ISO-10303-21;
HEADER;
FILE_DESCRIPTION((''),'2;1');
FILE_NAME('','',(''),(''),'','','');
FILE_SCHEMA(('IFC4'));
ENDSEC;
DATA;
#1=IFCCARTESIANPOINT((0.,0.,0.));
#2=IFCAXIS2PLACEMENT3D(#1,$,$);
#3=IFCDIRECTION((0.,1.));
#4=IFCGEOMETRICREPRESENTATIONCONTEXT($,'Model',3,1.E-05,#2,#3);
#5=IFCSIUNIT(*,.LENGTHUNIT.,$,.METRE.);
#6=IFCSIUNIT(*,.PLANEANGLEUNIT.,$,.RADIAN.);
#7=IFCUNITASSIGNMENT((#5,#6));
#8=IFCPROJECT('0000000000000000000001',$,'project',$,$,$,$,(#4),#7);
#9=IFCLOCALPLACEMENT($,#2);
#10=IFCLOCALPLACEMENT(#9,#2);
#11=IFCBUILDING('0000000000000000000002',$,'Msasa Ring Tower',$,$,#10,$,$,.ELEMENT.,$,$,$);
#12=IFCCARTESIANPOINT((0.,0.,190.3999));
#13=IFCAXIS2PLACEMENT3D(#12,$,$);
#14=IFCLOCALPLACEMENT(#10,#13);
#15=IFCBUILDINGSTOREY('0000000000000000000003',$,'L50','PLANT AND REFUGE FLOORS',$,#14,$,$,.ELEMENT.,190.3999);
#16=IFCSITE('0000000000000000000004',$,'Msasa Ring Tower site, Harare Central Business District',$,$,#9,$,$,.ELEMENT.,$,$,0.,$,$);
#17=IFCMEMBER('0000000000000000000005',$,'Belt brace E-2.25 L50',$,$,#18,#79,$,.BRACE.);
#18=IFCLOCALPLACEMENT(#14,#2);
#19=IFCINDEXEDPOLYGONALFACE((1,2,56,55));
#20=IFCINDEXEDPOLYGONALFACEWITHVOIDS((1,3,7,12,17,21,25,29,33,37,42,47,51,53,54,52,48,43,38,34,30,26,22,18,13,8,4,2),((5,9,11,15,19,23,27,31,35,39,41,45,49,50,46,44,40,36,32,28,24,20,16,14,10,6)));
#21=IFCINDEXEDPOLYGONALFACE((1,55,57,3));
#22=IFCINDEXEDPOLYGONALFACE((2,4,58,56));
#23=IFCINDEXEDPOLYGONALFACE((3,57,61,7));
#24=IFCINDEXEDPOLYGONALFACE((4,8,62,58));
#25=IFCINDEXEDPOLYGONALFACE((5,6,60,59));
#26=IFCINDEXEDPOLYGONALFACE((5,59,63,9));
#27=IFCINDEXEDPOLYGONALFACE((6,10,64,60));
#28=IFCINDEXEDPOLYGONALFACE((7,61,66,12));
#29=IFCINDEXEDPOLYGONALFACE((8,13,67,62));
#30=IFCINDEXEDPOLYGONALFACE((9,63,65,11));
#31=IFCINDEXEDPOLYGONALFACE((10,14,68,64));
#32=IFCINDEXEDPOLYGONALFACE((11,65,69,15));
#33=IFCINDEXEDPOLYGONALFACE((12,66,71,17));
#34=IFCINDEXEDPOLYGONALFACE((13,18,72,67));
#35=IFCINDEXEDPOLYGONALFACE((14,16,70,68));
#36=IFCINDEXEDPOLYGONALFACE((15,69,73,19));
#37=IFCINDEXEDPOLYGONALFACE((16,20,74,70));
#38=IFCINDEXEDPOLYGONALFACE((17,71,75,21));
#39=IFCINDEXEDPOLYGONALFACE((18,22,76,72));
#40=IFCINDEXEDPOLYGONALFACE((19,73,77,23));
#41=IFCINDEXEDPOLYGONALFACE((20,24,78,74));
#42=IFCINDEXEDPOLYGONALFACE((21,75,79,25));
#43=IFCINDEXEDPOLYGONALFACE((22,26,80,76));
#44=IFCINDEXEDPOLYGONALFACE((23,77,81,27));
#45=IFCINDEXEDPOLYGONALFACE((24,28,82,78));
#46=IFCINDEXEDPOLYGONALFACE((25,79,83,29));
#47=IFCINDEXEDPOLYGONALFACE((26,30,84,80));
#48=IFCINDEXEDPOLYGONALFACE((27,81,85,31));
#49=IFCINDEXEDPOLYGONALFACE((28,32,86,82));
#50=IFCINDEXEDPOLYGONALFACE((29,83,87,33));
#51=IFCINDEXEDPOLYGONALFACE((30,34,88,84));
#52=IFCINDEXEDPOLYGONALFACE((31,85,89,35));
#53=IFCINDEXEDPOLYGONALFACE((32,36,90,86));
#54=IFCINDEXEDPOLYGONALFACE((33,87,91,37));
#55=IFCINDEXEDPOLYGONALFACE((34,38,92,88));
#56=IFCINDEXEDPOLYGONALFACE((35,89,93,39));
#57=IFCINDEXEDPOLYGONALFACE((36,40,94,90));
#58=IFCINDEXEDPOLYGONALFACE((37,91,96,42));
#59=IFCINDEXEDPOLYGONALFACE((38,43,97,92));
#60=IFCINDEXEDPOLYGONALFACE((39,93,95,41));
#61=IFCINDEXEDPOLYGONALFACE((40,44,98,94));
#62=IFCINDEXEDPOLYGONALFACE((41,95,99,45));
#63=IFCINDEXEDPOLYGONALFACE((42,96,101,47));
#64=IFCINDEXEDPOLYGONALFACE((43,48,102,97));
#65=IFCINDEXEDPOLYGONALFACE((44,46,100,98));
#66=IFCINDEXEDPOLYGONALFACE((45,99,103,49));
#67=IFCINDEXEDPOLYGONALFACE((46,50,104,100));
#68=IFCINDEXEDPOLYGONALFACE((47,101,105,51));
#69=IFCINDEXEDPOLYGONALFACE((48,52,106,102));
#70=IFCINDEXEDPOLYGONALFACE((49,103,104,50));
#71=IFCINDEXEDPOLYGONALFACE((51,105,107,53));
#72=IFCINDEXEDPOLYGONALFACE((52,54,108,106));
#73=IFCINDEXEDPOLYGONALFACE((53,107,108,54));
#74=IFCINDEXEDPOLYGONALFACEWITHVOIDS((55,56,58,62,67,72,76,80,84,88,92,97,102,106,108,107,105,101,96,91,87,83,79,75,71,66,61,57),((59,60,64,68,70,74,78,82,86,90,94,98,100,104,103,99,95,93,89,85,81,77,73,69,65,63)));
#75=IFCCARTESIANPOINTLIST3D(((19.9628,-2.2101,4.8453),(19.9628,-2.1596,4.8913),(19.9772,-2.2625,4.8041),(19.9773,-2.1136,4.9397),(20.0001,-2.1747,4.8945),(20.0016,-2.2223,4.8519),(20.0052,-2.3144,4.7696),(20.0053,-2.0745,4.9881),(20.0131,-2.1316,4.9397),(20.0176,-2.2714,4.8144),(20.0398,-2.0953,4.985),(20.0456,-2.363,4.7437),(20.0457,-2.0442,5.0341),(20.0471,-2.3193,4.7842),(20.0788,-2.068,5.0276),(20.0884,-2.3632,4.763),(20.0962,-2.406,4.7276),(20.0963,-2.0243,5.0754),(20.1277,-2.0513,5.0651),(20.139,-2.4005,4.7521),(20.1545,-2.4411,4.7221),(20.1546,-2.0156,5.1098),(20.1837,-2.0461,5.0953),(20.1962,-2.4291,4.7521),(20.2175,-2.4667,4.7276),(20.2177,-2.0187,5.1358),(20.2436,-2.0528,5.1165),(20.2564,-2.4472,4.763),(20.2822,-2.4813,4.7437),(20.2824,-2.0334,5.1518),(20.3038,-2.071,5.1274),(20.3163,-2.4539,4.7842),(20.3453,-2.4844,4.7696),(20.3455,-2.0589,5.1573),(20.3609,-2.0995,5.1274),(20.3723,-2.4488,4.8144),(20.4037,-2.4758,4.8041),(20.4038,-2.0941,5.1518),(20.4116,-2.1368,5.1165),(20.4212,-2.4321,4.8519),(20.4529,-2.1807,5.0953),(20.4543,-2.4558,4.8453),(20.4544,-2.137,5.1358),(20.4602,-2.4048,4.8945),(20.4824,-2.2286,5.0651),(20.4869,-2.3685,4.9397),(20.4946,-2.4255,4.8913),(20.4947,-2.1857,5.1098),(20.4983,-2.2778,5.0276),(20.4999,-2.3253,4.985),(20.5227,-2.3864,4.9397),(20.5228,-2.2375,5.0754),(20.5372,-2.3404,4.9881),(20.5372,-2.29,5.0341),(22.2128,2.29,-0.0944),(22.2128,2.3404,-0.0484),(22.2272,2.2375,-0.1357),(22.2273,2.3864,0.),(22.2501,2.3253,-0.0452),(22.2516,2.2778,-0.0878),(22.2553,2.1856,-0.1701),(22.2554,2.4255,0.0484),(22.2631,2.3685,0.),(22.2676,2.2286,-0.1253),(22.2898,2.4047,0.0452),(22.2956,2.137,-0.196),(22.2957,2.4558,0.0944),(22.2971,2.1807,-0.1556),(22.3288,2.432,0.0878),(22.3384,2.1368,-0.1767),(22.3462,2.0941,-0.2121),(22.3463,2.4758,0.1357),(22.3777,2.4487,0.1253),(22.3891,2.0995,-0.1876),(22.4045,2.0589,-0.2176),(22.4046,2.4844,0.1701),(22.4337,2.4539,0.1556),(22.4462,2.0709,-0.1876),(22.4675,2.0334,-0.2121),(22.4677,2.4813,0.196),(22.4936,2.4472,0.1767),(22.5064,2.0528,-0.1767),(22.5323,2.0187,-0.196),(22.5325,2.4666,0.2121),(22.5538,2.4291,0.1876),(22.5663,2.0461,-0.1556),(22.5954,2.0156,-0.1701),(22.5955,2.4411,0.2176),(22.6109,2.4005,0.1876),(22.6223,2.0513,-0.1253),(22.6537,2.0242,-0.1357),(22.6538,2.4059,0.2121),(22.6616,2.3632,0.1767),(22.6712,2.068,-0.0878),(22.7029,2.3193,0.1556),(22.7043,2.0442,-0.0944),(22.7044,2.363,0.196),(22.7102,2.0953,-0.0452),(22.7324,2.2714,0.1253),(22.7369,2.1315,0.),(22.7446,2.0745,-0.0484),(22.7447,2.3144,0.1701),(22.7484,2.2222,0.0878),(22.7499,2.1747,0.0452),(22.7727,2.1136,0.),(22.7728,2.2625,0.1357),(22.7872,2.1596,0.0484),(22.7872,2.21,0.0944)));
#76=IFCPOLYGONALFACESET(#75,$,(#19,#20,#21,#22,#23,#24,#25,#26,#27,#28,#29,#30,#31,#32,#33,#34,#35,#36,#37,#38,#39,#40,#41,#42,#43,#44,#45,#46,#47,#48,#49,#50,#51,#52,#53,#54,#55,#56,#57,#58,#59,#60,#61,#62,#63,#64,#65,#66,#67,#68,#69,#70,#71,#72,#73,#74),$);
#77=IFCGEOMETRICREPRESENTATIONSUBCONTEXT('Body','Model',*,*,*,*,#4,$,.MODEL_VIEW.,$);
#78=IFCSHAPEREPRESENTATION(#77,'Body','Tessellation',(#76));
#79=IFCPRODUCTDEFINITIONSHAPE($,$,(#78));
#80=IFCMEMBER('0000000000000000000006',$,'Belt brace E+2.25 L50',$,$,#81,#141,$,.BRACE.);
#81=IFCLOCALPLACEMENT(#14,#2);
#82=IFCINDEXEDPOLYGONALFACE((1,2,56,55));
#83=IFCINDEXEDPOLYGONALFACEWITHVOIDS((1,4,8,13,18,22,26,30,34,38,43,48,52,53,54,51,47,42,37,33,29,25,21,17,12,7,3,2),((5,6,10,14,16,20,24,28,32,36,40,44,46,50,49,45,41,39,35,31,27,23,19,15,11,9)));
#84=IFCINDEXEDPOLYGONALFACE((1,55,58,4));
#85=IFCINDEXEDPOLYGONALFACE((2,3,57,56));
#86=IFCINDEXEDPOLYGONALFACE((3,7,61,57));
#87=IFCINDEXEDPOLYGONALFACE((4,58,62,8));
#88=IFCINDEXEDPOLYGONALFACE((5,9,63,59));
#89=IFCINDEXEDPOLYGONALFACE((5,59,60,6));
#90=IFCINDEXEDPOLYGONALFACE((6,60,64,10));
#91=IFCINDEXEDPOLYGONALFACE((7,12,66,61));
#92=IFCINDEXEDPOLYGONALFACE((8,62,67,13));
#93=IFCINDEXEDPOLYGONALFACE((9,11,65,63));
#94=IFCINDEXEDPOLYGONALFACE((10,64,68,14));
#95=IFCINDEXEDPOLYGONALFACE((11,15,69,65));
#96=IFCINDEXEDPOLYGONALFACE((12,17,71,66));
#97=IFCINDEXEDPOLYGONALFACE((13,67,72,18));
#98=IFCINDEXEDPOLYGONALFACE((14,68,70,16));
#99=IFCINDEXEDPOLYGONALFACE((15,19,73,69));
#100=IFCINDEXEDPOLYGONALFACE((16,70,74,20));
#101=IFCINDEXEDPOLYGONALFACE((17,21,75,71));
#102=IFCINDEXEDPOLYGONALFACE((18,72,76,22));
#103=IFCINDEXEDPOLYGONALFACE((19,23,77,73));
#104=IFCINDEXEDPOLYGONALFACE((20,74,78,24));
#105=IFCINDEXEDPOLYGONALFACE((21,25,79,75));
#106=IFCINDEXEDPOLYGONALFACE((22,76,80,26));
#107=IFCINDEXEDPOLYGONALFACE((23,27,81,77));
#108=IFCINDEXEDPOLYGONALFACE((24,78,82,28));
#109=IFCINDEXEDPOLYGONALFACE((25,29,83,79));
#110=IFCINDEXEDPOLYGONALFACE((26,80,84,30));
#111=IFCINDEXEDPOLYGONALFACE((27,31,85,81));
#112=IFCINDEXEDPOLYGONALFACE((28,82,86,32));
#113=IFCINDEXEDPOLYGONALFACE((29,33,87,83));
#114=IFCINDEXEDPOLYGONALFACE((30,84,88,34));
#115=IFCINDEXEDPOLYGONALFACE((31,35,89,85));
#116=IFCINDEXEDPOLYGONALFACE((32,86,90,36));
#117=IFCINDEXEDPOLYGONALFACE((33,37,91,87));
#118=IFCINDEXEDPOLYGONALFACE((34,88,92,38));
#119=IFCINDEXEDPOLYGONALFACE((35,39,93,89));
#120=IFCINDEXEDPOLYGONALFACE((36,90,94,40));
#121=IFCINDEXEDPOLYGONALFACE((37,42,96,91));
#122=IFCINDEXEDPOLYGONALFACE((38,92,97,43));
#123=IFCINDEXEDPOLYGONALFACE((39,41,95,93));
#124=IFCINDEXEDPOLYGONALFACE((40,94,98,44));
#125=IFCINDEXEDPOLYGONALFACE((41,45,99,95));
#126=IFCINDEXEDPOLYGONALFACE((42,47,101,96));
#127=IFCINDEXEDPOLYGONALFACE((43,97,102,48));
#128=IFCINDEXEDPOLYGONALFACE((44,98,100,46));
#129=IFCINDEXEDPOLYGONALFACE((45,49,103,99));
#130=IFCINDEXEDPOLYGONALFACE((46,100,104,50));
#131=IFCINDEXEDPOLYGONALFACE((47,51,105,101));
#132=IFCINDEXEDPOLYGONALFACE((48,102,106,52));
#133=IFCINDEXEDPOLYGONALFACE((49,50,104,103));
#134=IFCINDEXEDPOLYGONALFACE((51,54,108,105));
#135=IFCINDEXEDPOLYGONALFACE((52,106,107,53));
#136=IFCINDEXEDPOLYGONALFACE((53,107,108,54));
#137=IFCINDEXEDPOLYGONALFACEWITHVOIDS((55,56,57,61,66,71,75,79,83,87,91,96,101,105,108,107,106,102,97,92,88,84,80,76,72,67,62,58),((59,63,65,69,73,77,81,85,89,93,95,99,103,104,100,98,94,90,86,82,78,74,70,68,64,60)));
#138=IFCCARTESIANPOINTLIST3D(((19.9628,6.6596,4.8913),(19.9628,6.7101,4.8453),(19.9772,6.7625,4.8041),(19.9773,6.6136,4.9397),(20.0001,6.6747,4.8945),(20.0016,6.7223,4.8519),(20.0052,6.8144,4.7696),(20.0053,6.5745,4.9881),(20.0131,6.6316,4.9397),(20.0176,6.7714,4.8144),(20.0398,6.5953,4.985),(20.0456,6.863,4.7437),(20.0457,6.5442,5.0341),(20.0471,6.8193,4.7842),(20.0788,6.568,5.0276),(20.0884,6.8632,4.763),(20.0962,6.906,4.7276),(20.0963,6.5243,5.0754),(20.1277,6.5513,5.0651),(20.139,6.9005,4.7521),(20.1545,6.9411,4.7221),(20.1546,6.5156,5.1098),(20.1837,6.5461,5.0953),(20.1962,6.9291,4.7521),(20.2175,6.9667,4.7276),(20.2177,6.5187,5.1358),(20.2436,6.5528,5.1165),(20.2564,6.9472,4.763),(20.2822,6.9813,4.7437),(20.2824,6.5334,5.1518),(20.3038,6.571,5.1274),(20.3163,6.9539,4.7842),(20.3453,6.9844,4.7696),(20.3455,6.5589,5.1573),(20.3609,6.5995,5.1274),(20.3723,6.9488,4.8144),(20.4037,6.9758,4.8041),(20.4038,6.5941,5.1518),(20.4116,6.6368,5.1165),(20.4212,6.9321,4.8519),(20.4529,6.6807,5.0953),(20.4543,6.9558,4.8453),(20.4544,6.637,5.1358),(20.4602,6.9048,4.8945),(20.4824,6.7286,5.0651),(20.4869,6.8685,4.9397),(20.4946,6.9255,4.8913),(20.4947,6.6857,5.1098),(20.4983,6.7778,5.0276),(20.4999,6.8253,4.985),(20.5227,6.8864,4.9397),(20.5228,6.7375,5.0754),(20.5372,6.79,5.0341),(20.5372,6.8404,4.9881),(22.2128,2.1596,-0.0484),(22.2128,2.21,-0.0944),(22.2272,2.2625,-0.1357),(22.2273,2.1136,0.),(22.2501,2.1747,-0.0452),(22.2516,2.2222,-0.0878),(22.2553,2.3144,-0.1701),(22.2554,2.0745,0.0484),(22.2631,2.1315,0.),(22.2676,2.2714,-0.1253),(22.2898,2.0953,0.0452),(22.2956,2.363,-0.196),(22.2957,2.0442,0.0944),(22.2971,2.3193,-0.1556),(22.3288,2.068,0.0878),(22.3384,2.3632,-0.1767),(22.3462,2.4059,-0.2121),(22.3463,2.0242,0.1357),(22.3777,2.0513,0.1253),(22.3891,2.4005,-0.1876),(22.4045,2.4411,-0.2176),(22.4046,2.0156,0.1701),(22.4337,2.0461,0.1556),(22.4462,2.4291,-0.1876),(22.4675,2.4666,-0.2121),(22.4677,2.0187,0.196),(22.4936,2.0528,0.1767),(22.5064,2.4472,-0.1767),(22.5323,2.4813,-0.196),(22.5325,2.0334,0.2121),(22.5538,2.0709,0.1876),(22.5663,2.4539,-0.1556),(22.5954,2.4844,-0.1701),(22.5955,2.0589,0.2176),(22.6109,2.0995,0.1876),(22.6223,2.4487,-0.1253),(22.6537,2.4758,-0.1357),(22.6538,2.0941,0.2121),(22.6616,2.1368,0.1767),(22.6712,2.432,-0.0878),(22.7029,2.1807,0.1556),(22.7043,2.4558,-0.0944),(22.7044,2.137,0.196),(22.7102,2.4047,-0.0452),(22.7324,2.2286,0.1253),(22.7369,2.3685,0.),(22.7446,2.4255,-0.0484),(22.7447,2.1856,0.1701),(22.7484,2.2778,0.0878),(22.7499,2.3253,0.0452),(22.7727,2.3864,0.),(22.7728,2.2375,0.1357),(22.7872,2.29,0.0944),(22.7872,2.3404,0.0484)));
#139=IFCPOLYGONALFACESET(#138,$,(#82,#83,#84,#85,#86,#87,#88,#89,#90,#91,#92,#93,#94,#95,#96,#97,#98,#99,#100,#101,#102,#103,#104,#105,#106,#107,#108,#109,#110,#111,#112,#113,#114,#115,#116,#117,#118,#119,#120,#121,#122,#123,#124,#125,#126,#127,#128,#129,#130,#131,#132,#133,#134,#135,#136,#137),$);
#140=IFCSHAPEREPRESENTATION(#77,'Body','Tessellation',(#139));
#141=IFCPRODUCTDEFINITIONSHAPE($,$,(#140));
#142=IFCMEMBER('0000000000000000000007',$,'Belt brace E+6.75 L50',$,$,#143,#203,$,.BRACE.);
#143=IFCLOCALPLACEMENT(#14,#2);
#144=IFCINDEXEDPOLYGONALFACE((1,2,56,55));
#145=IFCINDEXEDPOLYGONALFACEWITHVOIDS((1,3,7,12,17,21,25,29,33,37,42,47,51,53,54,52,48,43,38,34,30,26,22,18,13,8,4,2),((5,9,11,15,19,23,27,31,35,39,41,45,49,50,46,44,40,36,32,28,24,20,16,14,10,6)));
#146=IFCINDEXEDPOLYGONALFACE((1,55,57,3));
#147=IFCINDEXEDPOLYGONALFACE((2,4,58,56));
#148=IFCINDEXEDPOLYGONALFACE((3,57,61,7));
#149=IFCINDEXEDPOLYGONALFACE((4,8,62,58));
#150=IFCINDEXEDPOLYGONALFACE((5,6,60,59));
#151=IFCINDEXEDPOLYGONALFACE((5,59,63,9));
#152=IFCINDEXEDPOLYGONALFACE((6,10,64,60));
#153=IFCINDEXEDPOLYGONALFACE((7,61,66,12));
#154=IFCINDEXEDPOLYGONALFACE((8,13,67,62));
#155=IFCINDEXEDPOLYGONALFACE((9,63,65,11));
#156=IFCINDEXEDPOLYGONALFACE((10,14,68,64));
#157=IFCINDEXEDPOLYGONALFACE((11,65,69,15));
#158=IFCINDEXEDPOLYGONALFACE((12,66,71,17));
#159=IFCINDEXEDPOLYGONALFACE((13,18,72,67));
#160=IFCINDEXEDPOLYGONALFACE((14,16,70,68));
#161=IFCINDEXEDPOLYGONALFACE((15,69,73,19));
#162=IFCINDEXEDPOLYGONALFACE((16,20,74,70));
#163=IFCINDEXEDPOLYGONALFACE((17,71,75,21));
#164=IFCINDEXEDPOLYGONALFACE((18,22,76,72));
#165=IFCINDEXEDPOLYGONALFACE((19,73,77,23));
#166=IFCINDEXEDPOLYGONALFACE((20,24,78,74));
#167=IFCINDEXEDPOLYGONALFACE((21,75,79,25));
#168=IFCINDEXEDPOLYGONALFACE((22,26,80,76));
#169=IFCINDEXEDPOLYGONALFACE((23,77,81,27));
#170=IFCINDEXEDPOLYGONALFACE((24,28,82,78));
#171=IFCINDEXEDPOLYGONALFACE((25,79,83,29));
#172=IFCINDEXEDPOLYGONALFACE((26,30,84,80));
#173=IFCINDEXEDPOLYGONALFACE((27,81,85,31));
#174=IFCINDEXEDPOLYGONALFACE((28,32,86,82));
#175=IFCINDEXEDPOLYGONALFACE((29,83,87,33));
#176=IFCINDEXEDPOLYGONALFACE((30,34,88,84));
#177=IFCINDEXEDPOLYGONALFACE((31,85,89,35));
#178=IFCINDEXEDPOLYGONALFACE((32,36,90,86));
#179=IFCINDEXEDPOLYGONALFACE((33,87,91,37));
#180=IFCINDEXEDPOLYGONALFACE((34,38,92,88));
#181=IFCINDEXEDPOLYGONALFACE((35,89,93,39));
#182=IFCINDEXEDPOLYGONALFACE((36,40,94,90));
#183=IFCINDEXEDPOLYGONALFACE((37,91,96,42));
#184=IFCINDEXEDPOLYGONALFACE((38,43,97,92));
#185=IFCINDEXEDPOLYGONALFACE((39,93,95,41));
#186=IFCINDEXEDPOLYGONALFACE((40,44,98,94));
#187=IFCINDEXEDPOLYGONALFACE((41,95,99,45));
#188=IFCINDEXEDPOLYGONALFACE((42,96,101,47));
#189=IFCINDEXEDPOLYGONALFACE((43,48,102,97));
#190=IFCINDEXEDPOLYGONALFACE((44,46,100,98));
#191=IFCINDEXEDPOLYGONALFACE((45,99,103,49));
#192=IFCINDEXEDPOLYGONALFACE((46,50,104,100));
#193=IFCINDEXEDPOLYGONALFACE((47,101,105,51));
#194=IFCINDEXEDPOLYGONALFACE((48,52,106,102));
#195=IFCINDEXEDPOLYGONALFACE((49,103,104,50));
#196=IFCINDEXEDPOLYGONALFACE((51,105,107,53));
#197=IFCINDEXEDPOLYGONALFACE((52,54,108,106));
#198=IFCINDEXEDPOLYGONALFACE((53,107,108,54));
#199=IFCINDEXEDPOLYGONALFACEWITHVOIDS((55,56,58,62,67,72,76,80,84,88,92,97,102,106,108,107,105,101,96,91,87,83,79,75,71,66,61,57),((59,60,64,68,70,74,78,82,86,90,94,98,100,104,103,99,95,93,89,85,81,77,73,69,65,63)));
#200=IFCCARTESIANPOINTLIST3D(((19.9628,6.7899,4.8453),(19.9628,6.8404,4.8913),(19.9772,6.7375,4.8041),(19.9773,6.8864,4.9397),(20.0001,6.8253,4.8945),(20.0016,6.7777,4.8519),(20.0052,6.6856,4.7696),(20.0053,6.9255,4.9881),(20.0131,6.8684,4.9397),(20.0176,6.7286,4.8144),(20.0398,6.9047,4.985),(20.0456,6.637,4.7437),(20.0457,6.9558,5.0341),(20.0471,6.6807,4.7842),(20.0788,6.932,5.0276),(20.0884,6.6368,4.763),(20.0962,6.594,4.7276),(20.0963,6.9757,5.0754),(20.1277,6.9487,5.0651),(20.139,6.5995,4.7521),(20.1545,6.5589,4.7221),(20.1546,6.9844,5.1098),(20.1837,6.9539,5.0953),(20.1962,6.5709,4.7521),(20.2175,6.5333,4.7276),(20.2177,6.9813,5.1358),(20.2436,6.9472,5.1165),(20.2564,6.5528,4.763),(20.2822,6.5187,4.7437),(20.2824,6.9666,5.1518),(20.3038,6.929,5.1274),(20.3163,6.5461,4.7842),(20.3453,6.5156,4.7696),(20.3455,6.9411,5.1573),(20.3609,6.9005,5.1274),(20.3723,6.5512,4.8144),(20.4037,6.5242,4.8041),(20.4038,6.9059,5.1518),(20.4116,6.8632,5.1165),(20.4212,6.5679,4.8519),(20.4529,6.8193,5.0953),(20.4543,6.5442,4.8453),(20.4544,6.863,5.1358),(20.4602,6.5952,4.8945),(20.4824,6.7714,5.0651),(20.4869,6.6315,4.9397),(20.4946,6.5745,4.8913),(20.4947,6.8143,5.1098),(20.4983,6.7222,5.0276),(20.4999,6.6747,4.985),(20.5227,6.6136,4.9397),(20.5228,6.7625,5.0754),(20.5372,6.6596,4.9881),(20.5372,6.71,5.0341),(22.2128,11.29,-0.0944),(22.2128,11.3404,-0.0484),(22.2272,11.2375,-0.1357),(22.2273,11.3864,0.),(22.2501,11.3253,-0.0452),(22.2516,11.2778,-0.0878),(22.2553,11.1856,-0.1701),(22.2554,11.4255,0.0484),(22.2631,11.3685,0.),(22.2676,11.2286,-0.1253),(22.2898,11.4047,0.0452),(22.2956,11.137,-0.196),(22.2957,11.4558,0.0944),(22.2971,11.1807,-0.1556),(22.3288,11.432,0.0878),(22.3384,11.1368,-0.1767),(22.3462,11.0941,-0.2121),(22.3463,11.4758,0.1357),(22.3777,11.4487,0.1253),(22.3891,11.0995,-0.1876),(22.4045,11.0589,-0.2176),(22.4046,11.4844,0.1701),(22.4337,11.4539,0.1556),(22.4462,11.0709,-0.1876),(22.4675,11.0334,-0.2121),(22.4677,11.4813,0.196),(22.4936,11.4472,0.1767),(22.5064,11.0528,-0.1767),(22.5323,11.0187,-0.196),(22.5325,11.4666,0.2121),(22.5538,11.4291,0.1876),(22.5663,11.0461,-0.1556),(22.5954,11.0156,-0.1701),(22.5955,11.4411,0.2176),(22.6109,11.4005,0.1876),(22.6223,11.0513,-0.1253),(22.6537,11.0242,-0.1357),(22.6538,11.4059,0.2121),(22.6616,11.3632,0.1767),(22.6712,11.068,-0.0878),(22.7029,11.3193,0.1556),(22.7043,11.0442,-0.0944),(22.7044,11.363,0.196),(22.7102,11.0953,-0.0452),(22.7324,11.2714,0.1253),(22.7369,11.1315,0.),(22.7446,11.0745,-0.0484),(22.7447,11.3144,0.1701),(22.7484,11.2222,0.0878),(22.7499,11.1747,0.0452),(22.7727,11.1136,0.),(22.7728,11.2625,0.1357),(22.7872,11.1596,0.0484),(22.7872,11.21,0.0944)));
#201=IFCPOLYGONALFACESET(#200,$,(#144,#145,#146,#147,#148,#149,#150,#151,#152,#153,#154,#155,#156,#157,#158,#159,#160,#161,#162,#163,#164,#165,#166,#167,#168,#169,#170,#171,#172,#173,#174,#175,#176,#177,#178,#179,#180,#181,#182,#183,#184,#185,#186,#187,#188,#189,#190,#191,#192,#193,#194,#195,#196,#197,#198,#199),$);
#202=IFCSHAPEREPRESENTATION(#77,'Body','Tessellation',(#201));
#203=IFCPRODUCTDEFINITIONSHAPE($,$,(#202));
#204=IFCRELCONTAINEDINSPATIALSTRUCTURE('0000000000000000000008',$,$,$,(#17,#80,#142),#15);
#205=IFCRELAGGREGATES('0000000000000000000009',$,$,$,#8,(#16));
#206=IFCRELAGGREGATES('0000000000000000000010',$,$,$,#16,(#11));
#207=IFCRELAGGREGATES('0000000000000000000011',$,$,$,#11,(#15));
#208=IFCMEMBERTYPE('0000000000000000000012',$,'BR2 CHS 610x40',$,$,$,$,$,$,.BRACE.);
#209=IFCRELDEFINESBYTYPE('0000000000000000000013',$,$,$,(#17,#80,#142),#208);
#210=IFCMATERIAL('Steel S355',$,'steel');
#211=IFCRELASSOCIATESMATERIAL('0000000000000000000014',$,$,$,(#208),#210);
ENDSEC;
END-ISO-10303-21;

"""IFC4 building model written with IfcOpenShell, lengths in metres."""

from ifc_helpers import new_model, si_unit, direction, frame, origin, origin_2d, place, context, subcontext, project, spatial, hollow_circle, extrude, material, material_profile, profile_set, type_object, element, save


model = new_model("IFC4")

# Units and contexts
model_context = context("Model", 3, precision=1e-05, world=origin(), true_north=direction((0.0, 1.0)))
body_context = subcontext(model_context, "Body", "Model", "MODEL_VIEW")
ifc_project = project(units=[si_unit("LENGTHUNIT", "METRE"), si_unit("PLANEANGLEUNIT", "RADIAN")], contexts=[model_context])

# Site, building, storey
site_placement = place(None, origin())
site = spatial("IfcSite", under=ifc_project, at=site_placement, Name="Msasa Ring Tower site, Harare Central Business District", CompositionType="ELEMENT", RefElevation=0.0)
building_placement = place(site_placement, origin())
building = spatial("IfcBuilding", under=site, at=building_placement, Name="Msasa Ring Tower", CompositionType="ELEMENT")
storey_placement = place(building_placement, frame((0.0, 0.0, 190.3999)))
storey = spatial("IfcBuildingStorey", under=building, at=storey_placement, Name="L50", Description="PLANT AND REFUGE FLOORS", CompositionType="ELEMENT", Elevation=190.3999)

# Members
ifc_material_1 = material(Name="Steel S355", Category="steel")
ifc_material_profile_1 = material_profile(ifc_material_1, hollow_circle(Radius=0.3049, WallThickness=0.04, at=origin_2d()), Name="CHS 610x40")
ifc_profile_set_1 = profile_set([ifc_material_profile_1], Name="Steel S355")
member_type = type_object("IfcMemberType", Name="BR2 CHS 610x40", PredefinedType="BRACE", material=ifc_profile_set_1)
for number, where, z_axis, x_axis, name in (
    (1, (22.5, 2.25, 0.0), (-0.319115, -0.63823, 0.700592), (0.894427, -0.447214, 0.0), "Belt brace E-2.25 L50"),
    (2, (22.5, 2.25, 0.0), (-0.319115, 0.63823, 0.700592), (-0.894427, -0.447214, 0.0), "Belt brace E+2.25 L50"),
    (3, (22.5, 11.25, 0.0), (-0.319115, -0.63823, 0.700592), (0.894427, -0.447214, 0.0), "Belt brace E+6.75 L50"),
):
    element("IfcMember", number, at=place(storey_placement, frame(where, z_axis=z_axis, x_axis=x_axis)), inside=storey, type_object=member_type, Name=name, PredefinedType="BRACE", context=body_context, shape_type="SweptSolid", body=[
        extrude(hollow_circle(Radius=0.3049, WallThickness=0.04, at=origin_2d()), origin(), (0.0, 0.0, 1.0), 7.0508),
    ])

save(model, "model.ifc")
